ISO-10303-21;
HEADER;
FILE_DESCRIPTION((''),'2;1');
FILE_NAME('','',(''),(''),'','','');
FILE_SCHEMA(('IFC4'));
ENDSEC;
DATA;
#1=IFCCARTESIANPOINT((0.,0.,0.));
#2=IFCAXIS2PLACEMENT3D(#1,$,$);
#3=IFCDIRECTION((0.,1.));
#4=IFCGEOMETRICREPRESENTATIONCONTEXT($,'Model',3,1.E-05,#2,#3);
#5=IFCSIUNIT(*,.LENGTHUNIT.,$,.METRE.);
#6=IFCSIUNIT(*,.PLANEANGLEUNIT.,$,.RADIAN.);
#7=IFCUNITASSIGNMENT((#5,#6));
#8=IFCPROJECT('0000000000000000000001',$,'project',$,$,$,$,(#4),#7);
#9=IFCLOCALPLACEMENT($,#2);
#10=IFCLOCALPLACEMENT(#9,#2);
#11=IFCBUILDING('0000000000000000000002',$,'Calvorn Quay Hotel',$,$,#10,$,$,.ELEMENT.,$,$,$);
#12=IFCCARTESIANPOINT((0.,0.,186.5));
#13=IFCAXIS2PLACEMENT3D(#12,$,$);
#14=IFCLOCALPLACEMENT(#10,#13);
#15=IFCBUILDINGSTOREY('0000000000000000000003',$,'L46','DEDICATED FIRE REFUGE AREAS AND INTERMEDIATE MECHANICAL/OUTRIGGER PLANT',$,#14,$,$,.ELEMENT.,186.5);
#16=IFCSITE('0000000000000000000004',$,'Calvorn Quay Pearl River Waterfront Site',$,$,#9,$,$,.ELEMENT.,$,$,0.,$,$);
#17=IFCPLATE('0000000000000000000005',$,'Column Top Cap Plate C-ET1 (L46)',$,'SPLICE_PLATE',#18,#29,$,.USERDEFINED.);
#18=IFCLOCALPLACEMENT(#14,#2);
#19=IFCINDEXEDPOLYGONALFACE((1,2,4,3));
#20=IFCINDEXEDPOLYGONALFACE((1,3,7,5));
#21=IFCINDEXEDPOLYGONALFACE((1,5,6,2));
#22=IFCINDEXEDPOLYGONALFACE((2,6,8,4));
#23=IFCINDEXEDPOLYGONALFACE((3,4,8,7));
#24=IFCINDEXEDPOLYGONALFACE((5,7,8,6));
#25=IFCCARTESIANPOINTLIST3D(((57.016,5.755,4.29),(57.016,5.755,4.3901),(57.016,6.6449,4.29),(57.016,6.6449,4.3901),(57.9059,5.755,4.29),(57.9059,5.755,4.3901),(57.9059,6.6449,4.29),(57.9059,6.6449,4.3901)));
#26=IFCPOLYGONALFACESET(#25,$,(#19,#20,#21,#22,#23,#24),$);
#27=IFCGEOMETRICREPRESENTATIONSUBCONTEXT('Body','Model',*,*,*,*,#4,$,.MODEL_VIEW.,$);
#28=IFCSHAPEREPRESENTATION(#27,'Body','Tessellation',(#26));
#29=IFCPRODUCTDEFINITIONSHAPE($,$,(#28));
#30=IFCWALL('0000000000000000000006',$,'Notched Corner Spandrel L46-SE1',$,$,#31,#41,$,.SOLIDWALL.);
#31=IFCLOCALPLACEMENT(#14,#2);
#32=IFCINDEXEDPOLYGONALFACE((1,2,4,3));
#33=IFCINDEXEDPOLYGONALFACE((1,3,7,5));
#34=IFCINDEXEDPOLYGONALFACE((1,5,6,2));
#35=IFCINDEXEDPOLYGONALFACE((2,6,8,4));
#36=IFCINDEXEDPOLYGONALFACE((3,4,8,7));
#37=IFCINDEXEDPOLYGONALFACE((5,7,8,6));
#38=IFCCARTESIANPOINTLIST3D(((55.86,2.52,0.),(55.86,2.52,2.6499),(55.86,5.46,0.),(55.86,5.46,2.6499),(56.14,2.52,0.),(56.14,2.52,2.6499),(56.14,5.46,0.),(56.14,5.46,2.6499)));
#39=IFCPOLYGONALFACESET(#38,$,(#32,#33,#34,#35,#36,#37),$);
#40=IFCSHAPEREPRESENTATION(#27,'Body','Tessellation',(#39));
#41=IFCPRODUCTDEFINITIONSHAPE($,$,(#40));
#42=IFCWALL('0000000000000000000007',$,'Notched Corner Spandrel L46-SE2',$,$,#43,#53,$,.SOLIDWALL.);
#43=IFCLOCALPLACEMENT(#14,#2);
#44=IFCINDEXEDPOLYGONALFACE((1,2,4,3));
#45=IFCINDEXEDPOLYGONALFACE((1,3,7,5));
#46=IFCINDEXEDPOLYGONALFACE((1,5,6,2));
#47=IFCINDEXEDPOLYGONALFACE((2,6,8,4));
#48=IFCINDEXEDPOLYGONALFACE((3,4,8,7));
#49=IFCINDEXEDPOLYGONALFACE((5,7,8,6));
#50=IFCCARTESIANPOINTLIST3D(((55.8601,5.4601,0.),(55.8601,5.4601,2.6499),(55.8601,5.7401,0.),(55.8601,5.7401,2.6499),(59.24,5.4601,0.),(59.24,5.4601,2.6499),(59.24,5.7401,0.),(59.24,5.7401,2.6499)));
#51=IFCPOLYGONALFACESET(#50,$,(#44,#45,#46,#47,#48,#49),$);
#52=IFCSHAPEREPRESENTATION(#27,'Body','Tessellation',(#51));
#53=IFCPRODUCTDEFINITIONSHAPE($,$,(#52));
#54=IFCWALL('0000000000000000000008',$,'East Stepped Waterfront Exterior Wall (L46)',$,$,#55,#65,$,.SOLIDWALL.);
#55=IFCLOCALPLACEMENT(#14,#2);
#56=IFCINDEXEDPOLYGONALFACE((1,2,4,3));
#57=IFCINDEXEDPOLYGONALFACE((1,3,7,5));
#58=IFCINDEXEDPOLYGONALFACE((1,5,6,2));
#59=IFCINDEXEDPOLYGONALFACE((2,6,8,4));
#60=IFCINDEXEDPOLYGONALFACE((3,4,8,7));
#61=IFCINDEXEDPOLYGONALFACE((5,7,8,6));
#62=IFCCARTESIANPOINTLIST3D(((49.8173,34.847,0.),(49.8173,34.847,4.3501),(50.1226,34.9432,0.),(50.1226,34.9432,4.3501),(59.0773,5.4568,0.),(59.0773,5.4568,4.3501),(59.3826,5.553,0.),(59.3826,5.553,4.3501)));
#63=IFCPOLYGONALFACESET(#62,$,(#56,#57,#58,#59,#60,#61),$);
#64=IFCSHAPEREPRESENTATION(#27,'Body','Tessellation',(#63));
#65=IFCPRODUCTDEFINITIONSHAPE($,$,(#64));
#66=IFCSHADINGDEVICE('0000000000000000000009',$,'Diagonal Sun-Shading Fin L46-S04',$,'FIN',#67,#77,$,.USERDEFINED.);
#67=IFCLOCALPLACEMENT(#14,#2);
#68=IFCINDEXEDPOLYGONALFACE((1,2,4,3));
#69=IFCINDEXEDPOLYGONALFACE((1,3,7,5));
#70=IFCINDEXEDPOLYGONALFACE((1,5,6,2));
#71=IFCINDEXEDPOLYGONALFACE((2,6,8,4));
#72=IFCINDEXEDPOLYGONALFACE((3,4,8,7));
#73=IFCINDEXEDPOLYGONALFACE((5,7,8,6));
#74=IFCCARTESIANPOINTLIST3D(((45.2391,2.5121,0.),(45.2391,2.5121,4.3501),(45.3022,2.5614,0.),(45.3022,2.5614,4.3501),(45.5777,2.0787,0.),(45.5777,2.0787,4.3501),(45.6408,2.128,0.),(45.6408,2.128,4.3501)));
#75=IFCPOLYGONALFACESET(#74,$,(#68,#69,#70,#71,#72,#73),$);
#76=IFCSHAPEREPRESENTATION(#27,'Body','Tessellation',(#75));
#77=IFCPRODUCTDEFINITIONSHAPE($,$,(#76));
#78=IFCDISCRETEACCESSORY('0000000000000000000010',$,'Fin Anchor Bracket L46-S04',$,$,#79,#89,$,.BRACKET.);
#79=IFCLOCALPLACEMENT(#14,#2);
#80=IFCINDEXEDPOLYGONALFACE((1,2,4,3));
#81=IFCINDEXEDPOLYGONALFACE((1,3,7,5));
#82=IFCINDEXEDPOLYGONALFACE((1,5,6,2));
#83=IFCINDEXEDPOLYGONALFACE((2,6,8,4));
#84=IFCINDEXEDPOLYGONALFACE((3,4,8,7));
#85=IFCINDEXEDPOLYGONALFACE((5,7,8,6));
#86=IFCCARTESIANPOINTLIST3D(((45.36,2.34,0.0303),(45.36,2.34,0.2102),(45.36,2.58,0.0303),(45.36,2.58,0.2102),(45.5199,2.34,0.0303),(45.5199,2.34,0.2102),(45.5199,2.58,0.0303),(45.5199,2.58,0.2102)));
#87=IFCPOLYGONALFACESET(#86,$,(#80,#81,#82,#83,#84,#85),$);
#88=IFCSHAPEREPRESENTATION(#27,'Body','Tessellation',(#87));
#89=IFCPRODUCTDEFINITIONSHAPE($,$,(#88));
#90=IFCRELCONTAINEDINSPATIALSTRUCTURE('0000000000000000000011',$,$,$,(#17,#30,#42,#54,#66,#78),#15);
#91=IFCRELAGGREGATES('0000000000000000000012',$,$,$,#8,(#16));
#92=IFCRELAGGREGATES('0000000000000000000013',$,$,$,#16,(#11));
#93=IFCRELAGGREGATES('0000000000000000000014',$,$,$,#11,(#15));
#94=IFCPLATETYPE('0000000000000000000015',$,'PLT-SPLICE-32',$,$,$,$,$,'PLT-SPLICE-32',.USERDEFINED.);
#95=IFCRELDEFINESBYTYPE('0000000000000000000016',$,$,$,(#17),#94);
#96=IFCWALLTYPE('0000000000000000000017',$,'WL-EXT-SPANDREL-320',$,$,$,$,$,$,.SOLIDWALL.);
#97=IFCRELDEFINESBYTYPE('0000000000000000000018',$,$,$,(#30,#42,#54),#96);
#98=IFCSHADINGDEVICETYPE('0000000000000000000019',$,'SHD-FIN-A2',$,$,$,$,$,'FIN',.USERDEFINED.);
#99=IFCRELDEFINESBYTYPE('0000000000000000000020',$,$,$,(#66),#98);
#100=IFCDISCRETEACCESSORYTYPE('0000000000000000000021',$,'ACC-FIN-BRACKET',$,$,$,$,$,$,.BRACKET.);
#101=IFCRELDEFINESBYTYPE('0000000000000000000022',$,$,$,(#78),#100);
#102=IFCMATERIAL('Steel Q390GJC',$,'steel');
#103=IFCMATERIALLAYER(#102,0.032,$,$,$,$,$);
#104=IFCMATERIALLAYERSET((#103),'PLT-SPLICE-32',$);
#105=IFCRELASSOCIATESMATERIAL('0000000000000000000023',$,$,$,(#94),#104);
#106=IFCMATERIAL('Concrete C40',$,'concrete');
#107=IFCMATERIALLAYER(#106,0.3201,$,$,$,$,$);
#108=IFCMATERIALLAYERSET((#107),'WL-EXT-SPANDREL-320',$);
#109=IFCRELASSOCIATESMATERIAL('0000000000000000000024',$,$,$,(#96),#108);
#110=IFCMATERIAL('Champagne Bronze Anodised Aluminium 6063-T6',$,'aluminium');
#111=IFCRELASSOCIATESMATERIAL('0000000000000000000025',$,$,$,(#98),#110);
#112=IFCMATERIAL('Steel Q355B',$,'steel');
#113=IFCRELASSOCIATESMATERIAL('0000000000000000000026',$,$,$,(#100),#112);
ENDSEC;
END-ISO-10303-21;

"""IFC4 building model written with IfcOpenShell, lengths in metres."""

from ifc_helpers import new_model, si_unit, direction, frame, frame_2d, origin, origin_2d, place, context, subcontext, project, spatial, rectangle, extrude, material, layer, layer_set, type_object, element, save


model = new_model("IFC4")

# Units and contexts
model_context = context("Model", 3, precision=1e-05, world=origin(), true_north=direction((0.0, 1.0)))
body_context = subcontext(model_context, "Body", "Model", "MODEL_VIEW")
ifc_project = project(units=[si_unit("LENGTHUNIT", "METRE"), si_unit("PLANEANGLEUNIT", "RADIAN")], contexts=[model_context])

# Site, building, storey
site_placement = place(None, origin())
site = spatial("IfcSite", under=ifc_project, at=site_placement, Name="Calvorn Quay Pearl River Waterfront Site", CompositionType="ELEMENT", RefElevation=0.0)
building_placement = place(site_placement, origin())
building = spatial("IfcBuilding", under=site, at=building_placement, Name="Calvorn Quay Hotel", CompositionType="ELEMENT")
storey_placement = place(building_placement, frame((0.0, 0.0, 186.5)))
storey = spatial("IfcBuildingStorey", under=building, at=storey_placement, Name="L46", Description="DEDICATED FIRE REFUGE AREAS AND INTERMEDIATE MECHANICAL/OUTRIGGER PLANT", CompositionType="ELEMENT", Elevation=186.5)

# Plate
ifc_material_1 = material(Name="Steel Q390GJC", Category="steel")
ifc_layer_1 = layer(ifc_material_1, 0.032)
ifc_layer_set_1 = layer_set([ifc_layer_1], Name="PLT-SPLICE-32")
plate_type_1 = type_object("IfcPlateType", Name="PLT-SPLICE-32", ElementType="PLT-SPLICE-32", PredefinedType="USERDEFINED", material=ifc_layer_set_1)
plate_placement = place(storey_placement, frame((57.4609, 6.2, 4.29), z_axis=(0.0, 0.0, 1.0), x_axis=(1.0, 0.0, 0.0)))
element("IfcPlate", 1, at=plate_placement, inside=storey, type_object=plate_type_1, Name="Column Top Cap Plate C-ET1 (L46)", ObjectType="SPLICE_PLATE", PredefinedType="USERDEFINED", context=body_context, shape_type="SweptSolid", body=[
    extrude(rectangle(XDim=0.8899, YDim=0.8899, at=origin_2d()), origin(), (0.0, 0.0, 1.0), 0.1001),
])

# Walls
ifc_material_2 = material(Name="Concrete C40", Category="concrete")
ifc_layer_2 = layer(ifc_material_2, 0.3201)
ifc_layer_set_2 = layer_set([ifc_layer_2], Name="WL-EXT-SPANDREL-320")
wall_type = type_object("IfcWallType", Name="WL-EXT-SPANDREL-320", PredefinedType="SOLIDWALL", material=ifc_layer_set_2)
wall_1_placement = place(storey_placement, frame((56.0, 2.52, 0.0), z_axis=(0.0, 0.0, 1.0), x_axis=(0.0, 1.0, 0.0)))
element("IfcWall", 2, at=wall_1_placement, inside=storey, type_object=wall_type, Name="Notched Corner Spandrel L46-SE1", PredefinedType="SOLIDWALL", context=body_context, shape_type="SweptSolid", body=[
    extrude(rectangle(XDim=2.9399, YDim=0.28, at=frame_2d((1.47, 0.0))), origin(), (0.0, 0.0, 1.0), 2.6499),
])
wall_2_placement = place(storey_placement, frame((55.8601, 5.6001, 0.0), z_axis=(0.0, 0.0, 1.0), x_axis=(1.0, 0.0, 0.0)))
element("IfcWall", 3, at=wall_2_placement, inside=storey, type_object=wall_type, Name="Notched Corner Spandrel L46-SE2", PredefinedType="SOLIDWALL", context=body_context, shape_type="SweptSolid", body=[
    extrude(rectangle(XDim=3.3799, YDim=0.28, at=frame_2d((1.6899, 0.0))), origin(), (0.0, 0.0, 1.0), 2.6499),
])
wall_3_placement = place(storey_placement, frame((59.23, 5.5049, 0.0), z_axis=(0.0, 0.0, 1.0), x_axis=(-0.300509, 0.953779, 0.0)))
element("IfcWall", 4, at=wall_3_placement, inside=storey, type_object=wall_type, Name="East Stepped Waterfront Exterior Wall (L46)", PredefinedType="SOLIDWALL", context=body_context, shape_type="SweptSolid", body=[
    extrude(rectangle(XDim=30.8145, YDim=0.3201, at=frame_2d((15.4072, 0.0))), origin(), (0.0, 0.0, 1.0), 4.3501),
])

# Shading device
ifc_material_3 = material(Name="Champagne Bronze Anodised Aluminium 6063-T6", Category="aluminium")
shading_device_type = type_object("IfcShadingDeviceType", Name="SHD-FIN-A2", ElementType="FIN", PredefinedType="USERDEFINED", material=ifc_material_3)
shading_device_placement = place(storey_placement, frame((45.4399, 2.3201, 0.0), z_axis=(0.0, 0.0, 1.0), x_axis=(-0.615661, 0.788011, 0.0)))
element("IfcShadingDevice", 5, at=shading_device_placement, inside=storey, type_object=shading_device_type, Name="Diagonal Sun-Shading Fin L46-S04", ObjectType="FIN", PredefinedType="USERDEFINED", context=body_context, shape_type="SweptSolid", body=[
    extrude(rectangle(XDim=0.55, YDim=0.0801, at=origin_2d()), origin(), (0.0, 0.0, 1.0), 4.3501),
])

# Discrete accessory
ifc_material_4 = material(Name="Steel Q355B", Category="steel")
discrete_accessory_type = type_object("IfcDiscreteAccessoryType", Name="ACC-FIN-BRACKET", PredefinedType="BRACKET", material=ifc_material_4)
discrete_accessory_placement = place(storey_placement, frame((45.4399, 2.46, 0.0303), z_axis=(0.0, 0.0, 1.0), x_axis=(0.0, 1.0, 0.0)))
element("IfcDiscreteAccessory", 6, at=discrete_accessory_placement, inside=storey, type_object=discrete_accessory_type, Name="Fin Anchor Bracket L46-S04", PredefinedType="BRACKET", context=body_context, shape_type="SweptSolid", body=[
    extrude(rectangle(XDim=0.24, YDim=0.1599, at=origin_2d()), origin(), (0.0, 0.0, 1.0), 0.1799),
])

save(model, "model.ifc")
